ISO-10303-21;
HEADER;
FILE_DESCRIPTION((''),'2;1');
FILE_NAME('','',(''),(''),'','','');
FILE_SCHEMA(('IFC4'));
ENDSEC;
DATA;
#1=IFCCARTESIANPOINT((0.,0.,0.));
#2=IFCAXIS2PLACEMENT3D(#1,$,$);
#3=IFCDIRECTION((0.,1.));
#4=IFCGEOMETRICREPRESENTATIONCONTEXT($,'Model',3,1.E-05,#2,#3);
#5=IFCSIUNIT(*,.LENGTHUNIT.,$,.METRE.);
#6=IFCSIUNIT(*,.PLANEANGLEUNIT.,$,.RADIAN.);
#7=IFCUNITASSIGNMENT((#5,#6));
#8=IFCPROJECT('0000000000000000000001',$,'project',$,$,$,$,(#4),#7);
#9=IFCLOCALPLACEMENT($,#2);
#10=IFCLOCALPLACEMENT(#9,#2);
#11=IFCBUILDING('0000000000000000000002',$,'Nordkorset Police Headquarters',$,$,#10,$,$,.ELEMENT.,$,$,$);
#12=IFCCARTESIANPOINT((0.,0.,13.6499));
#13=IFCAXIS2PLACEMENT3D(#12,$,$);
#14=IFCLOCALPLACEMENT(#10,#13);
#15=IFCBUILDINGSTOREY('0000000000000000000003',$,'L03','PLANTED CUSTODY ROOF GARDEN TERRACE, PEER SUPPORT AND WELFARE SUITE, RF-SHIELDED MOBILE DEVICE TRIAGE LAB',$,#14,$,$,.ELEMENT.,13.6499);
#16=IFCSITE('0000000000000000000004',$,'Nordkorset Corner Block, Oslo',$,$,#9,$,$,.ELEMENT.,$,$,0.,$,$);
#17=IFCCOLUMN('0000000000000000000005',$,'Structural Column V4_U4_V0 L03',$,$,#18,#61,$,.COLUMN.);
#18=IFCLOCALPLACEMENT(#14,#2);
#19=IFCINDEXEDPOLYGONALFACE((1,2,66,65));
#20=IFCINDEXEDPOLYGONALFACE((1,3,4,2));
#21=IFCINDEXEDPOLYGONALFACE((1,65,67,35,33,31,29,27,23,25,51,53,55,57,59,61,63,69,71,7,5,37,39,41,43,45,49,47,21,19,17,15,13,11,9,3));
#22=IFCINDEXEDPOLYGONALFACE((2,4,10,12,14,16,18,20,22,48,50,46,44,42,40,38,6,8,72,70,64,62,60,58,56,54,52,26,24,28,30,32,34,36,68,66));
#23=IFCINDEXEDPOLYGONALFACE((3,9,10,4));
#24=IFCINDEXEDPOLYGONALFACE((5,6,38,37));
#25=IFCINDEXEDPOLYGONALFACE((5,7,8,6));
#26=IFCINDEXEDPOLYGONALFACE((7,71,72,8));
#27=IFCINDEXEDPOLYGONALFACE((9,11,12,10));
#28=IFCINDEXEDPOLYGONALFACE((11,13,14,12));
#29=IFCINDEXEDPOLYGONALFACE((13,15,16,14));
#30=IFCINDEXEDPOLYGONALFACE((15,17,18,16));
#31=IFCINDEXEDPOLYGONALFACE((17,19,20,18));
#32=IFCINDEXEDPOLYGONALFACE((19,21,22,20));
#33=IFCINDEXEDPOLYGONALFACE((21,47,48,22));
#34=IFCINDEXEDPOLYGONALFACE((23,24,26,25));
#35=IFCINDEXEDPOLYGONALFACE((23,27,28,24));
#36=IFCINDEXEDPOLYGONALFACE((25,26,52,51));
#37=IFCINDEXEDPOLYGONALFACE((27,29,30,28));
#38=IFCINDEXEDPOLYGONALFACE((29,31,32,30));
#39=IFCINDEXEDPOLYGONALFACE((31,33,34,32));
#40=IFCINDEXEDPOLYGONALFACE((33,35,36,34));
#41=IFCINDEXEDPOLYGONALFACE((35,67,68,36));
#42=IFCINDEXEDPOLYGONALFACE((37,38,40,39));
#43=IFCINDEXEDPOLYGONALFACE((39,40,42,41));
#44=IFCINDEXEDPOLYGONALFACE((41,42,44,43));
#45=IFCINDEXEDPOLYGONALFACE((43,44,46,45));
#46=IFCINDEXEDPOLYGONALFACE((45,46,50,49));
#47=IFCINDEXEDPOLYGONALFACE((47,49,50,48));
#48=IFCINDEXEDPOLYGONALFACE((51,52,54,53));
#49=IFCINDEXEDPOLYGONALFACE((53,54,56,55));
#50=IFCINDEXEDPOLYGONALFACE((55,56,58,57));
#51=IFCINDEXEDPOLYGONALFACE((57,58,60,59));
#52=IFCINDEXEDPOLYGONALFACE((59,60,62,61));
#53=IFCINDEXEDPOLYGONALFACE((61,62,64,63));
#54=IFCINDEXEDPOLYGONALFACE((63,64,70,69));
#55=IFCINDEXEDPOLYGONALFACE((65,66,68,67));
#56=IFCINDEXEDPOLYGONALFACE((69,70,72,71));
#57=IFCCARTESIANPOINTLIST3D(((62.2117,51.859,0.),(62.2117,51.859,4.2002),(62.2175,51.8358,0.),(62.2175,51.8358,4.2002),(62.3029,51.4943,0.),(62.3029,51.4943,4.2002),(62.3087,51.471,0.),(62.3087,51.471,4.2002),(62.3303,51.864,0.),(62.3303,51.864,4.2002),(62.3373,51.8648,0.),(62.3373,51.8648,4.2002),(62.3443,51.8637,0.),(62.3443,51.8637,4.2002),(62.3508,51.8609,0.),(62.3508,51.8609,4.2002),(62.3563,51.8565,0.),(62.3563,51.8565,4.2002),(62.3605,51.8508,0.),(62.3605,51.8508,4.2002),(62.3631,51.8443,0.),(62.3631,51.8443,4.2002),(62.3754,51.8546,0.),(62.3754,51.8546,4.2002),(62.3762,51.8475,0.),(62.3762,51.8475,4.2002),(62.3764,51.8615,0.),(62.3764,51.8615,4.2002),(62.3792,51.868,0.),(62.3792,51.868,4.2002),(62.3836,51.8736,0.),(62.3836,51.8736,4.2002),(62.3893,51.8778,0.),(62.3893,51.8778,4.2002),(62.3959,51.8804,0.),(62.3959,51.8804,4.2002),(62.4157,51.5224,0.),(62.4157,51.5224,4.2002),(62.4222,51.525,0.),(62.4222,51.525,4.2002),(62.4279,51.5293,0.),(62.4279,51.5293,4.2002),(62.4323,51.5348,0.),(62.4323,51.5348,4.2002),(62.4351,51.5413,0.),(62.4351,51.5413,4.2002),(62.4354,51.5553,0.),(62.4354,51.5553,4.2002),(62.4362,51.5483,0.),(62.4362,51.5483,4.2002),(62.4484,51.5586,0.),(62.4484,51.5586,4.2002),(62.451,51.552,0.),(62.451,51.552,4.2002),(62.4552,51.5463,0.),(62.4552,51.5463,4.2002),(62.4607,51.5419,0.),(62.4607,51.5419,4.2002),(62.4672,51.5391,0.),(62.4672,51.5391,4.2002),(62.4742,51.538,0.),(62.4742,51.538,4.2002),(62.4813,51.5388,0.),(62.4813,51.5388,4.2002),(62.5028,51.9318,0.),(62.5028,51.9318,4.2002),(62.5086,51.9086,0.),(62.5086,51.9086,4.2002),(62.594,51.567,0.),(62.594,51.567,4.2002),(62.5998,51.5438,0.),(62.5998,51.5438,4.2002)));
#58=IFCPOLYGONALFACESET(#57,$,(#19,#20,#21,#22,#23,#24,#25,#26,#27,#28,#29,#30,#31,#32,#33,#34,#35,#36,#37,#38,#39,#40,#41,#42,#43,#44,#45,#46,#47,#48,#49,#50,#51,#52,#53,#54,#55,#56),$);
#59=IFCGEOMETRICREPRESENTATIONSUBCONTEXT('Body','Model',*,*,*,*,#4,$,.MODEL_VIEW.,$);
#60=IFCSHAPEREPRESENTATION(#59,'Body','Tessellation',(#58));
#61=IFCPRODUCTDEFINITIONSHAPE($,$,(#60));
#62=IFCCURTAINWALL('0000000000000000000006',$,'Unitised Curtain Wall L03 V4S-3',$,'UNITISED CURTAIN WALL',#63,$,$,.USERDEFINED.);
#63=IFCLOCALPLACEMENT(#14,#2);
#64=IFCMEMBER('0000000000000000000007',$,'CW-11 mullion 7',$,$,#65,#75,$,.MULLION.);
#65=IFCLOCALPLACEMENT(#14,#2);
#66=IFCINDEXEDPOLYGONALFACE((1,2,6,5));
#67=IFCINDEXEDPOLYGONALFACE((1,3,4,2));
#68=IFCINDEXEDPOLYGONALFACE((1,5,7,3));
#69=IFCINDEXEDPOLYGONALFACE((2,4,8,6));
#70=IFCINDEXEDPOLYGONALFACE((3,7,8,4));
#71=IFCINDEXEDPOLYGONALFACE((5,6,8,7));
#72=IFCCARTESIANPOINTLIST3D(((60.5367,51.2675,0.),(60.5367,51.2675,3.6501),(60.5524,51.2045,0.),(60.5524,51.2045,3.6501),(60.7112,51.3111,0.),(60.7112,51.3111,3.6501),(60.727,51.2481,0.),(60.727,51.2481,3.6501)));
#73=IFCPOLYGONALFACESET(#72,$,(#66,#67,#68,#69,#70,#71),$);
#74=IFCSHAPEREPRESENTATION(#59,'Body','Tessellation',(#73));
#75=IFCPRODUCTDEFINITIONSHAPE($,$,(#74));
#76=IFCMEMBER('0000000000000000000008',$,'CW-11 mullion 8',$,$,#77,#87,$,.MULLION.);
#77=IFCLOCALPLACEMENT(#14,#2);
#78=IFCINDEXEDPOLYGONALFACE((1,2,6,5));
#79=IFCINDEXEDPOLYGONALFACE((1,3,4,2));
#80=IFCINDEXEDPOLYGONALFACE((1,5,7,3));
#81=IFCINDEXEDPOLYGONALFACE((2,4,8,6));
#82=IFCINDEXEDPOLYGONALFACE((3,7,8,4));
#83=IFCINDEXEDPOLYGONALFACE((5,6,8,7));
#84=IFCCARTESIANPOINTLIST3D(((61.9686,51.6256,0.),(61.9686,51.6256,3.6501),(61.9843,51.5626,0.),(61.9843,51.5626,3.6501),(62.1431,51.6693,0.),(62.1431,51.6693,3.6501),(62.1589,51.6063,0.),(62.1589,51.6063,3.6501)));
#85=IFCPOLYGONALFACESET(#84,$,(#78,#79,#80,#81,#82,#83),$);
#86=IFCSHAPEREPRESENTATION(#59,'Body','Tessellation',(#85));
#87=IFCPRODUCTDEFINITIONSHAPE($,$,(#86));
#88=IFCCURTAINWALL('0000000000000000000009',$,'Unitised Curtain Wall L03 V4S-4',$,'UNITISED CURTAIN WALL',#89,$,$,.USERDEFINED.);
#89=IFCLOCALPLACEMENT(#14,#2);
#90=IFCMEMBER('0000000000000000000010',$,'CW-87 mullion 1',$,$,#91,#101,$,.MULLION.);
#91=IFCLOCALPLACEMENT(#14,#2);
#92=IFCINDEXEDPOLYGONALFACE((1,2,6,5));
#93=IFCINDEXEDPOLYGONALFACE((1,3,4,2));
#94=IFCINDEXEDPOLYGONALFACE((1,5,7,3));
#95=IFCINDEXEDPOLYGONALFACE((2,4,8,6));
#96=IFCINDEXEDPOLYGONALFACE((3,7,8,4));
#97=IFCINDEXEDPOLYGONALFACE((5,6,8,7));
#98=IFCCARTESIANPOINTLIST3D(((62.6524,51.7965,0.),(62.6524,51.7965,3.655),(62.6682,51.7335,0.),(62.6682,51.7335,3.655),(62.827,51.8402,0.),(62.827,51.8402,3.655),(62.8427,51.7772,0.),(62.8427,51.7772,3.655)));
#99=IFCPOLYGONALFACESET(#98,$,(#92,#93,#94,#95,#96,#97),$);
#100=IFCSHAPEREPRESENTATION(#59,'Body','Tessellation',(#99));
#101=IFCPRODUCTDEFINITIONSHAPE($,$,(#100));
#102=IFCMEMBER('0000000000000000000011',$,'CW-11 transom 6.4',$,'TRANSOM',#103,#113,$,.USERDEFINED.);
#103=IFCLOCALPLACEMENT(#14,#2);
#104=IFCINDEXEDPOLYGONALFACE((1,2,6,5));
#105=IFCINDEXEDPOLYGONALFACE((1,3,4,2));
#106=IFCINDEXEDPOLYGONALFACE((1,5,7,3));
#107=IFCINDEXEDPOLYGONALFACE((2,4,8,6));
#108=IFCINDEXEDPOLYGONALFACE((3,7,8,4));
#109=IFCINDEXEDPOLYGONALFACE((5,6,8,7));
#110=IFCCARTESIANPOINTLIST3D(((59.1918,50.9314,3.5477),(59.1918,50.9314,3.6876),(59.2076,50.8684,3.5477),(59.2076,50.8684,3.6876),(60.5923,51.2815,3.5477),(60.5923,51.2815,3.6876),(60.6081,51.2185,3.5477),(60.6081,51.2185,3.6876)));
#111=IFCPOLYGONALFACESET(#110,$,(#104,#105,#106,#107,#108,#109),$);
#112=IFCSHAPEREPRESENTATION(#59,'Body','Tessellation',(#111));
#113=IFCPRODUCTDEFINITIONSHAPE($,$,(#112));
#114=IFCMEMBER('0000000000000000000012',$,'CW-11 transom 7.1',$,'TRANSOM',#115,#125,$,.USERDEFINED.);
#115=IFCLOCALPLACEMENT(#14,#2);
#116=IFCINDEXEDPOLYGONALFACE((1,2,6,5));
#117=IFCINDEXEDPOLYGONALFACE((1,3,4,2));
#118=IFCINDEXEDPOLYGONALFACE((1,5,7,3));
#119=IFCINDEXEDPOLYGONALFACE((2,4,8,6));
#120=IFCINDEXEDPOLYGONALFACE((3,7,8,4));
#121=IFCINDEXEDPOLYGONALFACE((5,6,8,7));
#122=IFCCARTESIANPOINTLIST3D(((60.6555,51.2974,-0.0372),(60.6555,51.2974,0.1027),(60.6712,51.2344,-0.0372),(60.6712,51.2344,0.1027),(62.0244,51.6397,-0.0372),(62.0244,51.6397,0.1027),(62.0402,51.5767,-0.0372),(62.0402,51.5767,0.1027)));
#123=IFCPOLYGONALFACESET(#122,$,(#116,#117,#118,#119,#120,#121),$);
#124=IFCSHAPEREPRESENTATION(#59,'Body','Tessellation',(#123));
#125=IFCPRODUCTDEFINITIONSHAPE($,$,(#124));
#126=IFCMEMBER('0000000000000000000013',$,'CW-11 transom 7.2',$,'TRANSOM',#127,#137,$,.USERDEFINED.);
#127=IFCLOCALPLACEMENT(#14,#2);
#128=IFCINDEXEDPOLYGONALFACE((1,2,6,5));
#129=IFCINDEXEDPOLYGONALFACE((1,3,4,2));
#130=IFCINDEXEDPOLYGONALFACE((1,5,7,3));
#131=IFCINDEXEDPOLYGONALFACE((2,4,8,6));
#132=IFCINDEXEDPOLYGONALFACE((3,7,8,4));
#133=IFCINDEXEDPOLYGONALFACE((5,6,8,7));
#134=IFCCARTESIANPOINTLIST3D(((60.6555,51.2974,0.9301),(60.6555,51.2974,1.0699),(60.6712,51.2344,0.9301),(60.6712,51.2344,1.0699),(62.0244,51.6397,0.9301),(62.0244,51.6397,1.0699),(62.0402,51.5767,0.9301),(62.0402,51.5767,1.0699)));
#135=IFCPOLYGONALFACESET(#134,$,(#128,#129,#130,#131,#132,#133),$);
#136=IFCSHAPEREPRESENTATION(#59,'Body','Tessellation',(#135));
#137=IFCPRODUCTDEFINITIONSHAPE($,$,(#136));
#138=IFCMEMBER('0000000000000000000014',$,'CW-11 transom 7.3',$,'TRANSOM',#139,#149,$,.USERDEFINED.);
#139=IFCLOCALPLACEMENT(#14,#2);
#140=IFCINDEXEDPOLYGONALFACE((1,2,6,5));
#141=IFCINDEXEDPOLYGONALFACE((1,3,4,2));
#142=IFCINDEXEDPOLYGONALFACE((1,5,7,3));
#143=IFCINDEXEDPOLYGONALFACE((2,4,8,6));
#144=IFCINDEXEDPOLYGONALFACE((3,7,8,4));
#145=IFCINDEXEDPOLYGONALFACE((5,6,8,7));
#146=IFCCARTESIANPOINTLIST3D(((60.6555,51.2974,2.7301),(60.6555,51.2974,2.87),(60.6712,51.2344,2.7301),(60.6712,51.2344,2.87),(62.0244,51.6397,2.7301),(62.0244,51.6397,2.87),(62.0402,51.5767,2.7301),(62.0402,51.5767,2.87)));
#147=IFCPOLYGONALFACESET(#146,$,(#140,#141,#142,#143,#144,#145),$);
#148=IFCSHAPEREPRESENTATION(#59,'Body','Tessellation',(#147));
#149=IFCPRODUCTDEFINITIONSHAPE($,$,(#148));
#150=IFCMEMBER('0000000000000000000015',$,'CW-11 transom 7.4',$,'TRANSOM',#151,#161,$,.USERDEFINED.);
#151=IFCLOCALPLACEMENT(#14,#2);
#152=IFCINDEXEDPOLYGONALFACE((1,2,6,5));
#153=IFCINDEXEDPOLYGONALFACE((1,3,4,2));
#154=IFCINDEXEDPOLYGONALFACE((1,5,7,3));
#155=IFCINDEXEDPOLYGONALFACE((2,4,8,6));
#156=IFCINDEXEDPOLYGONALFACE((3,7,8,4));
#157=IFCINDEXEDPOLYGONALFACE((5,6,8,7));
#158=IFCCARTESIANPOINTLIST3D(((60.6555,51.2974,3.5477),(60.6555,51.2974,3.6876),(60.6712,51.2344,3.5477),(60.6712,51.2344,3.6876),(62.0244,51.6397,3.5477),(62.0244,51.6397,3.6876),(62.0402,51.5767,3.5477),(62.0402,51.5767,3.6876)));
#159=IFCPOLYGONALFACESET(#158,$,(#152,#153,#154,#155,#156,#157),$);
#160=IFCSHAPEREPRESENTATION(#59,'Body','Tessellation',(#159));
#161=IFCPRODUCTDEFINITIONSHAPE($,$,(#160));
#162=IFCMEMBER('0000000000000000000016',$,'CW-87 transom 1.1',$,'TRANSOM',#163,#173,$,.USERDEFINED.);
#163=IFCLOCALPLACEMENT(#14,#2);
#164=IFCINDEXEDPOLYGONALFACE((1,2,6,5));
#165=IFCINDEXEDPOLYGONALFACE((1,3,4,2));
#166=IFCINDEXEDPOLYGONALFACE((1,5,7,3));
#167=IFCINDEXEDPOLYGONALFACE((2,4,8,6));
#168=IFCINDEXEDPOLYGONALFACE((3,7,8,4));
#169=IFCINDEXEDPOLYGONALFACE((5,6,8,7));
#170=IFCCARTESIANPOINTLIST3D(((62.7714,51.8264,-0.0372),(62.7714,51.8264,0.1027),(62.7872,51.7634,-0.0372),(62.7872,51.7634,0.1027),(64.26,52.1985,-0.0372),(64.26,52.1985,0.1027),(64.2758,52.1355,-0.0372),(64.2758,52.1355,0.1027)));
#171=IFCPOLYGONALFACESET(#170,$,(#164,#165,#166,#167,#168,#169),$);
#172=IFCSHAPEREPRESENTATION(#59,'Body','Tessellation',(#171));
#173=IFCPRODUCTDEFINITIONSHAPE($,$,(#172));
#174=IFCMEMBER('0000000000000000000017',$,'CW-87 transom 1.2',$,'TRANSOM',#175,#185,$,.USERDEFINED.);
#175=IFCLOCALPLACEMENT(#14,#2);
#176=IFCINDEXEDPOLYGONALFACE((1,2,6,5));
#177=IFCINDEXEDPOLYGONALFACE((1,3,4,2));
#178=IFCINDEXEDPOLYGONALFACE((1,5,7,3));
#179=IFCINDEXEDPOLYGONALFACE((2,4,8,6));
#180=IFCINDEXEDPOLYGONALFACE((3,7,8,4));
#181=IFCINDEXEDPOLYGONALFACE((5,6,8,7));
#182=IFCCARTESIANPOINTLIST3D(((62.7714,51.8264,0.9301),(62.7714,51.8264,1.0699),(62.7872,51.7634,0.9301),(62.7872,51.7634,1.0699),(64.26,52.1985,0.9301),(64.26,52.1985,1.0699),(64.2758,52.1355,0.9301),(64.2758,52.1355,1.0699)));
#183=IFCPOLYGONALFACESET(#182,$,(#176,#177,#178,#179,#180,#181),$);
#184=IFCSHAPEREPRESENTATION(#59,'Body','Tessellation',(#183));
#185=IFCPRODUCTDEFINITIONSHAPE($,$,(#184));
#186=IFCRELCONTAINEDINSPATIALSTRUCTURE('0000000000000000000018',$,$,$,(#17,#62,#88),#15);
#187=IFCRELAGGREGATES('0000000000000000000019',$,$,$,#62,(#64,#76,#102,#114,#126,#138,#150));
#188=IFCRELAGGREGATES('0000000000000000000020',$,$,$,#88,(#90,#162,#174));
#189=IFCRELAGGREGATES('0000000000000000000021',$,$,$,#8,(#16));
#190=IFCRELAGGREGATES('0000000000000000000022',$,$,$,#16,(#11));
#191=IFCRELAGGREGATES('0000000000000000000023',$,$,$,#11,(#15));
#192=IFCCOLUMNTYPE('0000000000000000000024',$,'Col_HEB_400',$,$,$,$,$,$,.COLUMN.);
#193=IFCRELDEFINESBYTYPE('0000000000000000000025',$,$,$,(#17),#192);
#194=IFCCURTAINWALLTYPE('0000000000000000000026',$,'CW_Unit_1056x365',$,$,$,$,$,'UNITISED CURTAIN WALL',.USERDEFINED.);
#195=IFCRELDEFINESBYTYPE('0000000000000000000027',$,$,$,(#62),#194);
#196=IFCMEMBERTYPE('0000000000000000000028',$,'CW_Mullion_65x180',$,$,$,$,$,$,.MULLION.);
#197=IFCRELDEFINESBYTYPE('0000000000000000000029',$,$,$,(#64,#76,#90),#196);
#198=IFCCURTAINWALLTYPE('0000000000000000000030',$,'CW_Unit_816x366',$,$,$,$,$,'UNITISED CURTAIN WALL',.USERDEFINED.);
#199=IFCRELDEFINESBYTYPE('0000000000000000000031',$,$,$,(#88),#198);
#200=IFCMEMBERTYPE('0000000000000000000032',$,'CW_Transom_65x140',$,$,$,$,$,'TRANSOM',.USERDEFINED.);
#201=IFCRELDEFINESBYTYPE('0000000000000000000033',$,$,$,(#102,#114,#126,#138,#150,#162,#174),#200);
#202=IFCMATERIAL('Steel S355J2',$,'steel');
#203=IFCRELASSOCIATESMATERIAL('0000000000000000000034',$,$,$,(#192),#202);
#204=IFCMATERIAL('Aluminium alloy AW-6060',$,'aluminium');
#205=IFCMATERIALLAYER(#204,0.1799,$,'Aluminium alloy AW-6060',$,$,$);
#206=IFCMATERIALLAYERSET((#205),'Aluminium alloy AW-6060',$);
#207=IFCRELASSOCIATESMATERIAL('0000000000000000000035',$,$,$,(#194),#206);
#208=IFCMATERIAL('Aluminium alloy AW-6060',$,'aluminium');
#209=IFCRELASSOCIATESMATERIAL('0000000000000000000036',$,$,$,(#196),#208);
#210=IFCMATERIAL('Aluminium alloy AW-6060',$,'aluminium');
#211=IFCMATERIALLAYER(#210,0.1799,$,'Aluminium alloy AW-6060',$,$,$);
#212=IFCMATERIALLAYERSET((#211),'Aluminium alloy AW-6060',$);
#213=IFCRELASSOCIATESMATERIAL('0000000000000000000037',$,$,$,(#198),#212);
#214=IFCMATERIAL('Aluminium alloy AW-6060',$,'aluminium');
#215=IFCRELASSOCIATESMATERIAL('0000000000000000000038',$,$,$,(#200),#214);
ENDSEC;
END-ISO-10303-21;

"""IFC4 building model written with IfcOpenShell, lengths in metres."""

from ifc_helpers import new_model, si_unit, direction, frame, origin, origin_2d, place, context, subcontext, project, spatial, rectangle, i_section, extrude, material, layer, layer_set, material_profile, profile_set, type_object, element, aggregate, save


model = new_model("IFC4")

# Units and contexts
model_context = context("Model", 3, precision=1e-05, world=origin(), true_north=direction((0.0, 1.0)))
body_context = subcontext(model_context, "Body", "Model", "MODEL_VIEW")
ifc_project = project(units=[si_unit("LENGTHUNIT", "METRE"), si_unit("PLANEANGLEUNIT", "RADIAN")], contexts=[model_context])

# Site, building, storey
site_placement = place(None, origin())
site = spatial("IfcSite", under=ifc_project, at=site_placement, Name="Nordkorset Corner Block, Oslo", CompositionType="ELEMENT", RefElevation=0.0)
building_placement = place(site_placement, origin())
building = spatial("IfcBuilding", under=site, at=building_placement, Name="Nordkorset Police Headquarters", CompositionType="ELEMENT")
storey_placement = place(building_placement, frame((0.0, 0.0, 13.6499)))
storey = spatial("IfcBuildingStorey", under=building, at=storey_placement, Name="L03", Description="PLANTED CUSTODY ROOF GARDEN TERRACE, PEER SUPPORT AND WELFARE SUITE, RF-SHIELDED MOBILE DEVICE TRIAGE LAB", CompositionType="ELEMENT", Elevation=13.6499)

# Column
ifc_material_1 = material(Name="Steel S355J2", Category="steel")
ifc_material_profile_1 = material_profile(ifc_material_1, i_section(OverallWidth=0.3, OverallDepth=0.3999, WebThickness=0.0134, FlangeThickness=0.0239, FilletRadius=0.0271, at=origin_2d()), Name="HEB 400")
ifc_profile_set_1 = profile_set([ifc_material_profile_1], Name="Steel S355J2")
column_type = type_object("IfcColumnType", Name="Col_HEB_400", PredefinedType="COLUMN", material=ifc_profile_set_1)
column_placement = place(storey_placement, frame((62.4058, 51.7014, 0.0), z_axis=(0.0, 0.0, 1.0), x_axis=(0.970143, 0.242536, 0.0)))
element("IfcColumn", 1, at=column_placement, inside=storey, type_object=column_type, Name="Structural Column V4_U4_V0 L03", PredefinedType="COLUMN", context=body_context, shape_type="SweptSolid", body=[
    extrude(i_section(OverallWidth=0.3, OverallDepth=0.3999, WebThickness=0.0134, FlangeThickness=0.0239, FilletRadius=0.0271, at=origin_2d()), origin(), (0.0, 0.0, 1.0), 4.2002),
])

# Curtain wall, members
ifc_material_2 = material(Name="Aluminium alloy AW-6060", Category="aluminium")
ifc_layer_1 = layer(ifc_material_2, 0.1799, Name="Aluminium alloy AW-6060")
ifc_layer_set_1 = layer_set([ifc_layer_1], Name="Aluminium alloy AW-6060")
curtain_wall_type_1 = type_object("IfcCurtainWallType", Name="CW_Unit_1056x365", ElementType="UNITISED CURTAIN WALL", PredefinedType="USERDEFINED", material=ifc_layer_set_1)
curtain_wall_1_placement = place(storey_placement, origin())
curtain_wall_1 = element("IfcCurtainWall", 2, at=curtain_wall_1_placement, inside=storey, type_object=curtain_wall_type_1, Name="Unitised Curtain Wall L03 V4S-3", ObjectType="UNITISED CURTAIN WALL", PredefinedType="USERDEFINED")
ifc_material_3 = material(Name="Aluminium alloy AW-6060", Category="aluminium")
ifc_material_profile_2 = material_profile(ifc_material_3, rectangle(XDim=0.0649, YDim=0.1799, at=origin_2d()), Name="ALU MULL 65x180")
ifc_profile_set_2 = profile_set([ifc_material_profile_2], Name="Aluminium alloy AW-6060")
member_type_1 = type_object("IfcMemberType", Name="CW_Mullion_65x180", PredefinedType="MULLION", material=ifc_profile_set_2)
member_1_placement = place(storey_placement, frame((60.6318, 51.2578, 0.0), z_axis=(0.0, 0.0, 1.0), x_axis=(-0.242535, 0.970143, 0.0)))
member_1 = element("IfcMember", 3, at=member_1_placement, type_object=member_type_1, Name="CW-11 mullion 7", PredefinedType="MULLION", context=body_context, shape_type="SweptSolid", body=[
    extrude(rectangle(XDim=0.0649, YDim=0.1799, at=origin_2d()), origin(), (0.0, 0.0, 1.0), 3.6501),
])
member_2_placement = place(storey_placement, frame((62.0637, 51.616, 0.0), z_axis=(0.0, 0.0, 1.0), x_axis=(-0.242535, 0.970143, 0.0)))
member_2 = element("IfcMember", 4, at=member_2_placement, type_object=member_type_1, Name="CW-11 mullion 8", PredefinedType="MULLION", context=body_context, shape_type="SweptSolid", body=[
    extrude(rectangle(XDim=0.0649, YDim=0.1799, at=origin_2d()), origin(), (0.0, 0.0, 1.0), 3.6501),
])

# Curtain wall, member
ifc_material_4 = material(Name="Aluminium alloy AW-6060", Category="aluminium")
ifc_layer_2 = layer(ifc_material_4, 0.1799, Name="Aluminium alloy AW-6060")
ifc_layer_set_2 = layer_set([ifc_layer_2], Name="Aluminium alloy AW-6060")
curtain_wall_type_2 = type_object("IfcCurtainWallType", Name="CW_Unit_816x366", ElementType="UNITISED CURTAIN WALL", PredefinedType="USERDEFINED", material=ifc_layer_set_2)
curtain_wall_2_placement = place(storey_placement, origin())
curtain_wall_2 = element("IfcCurtainWall", 5, at=curtain_wall_2_placement, inside=storey, type_object=curtain_wall_type_2, Name="Unitised Curtain Wall L03 V4S-4", ObjectType="UNITISED CURTAIN WALL", PredefinedType="USERDEFINED")
member_3_placement = place(storey_placement, frame((62.7476, 51.7869, 0.0), z_axis=(0.0, 0.0, 1.0), x_axis=(-0.242536, 0.970143, 0.0)))
member_3 = element("IfcMember", 6, at=member_3_placement, type_object=member_type_1, Name="CW-87 mullion 1", PredefinedType="MULLION", context=body_context, shape_type="SweptSolid", body=[
    extrude(rectangle(XDim=0.0649, YDim=0.1799, at=origin_2d()), origin(), (0.0, 0.0, 1.0), 3.655),
])

# Members
ifc_material_5 = material(Name="Aluminium alloy AW-6060", Category="aluminium")
ifc_material_profile_3 = material_profile(ifc_material_5, rectangle(XDim=0.0649, YDim=0.1399, at=origin_2d()), Name="ALU TRAN 65x140")
ifc_profile_set_3 = profile_set([ifc_material_profile_3], Name="Aluminium alloy AW-6060")
member_type_2 = type_object("IfcMemberType", Name="CW_Transom_65x140", ElementType="TRANSOM", PredefinedType="USERDEFINED", material=ifc_profile_set_3)
member_4_placement = place(storey_placement, frame((59.1997, 50.8999, 3.6177), z_axis=(0.970143, 0.242536, 0.0), x_axis=(-0.242536, 0.970143, 0.0)))
member_4 = element("IfcMember", 7, at=member_4_placement, type_object=member_type_2, Name="CW-11 transom 6.4", ObjectType="TRANSOM", PredefinedType="USERDEFINED", context=body_context, shape_type="SweptSolid", body=[
    extrude(rectangle(XDim=0.0649, YDim=0.1399, at=origin_2d()), origin(), (0.0, 0.0, 1.0), 1.4436),
])
member_5_placement = place(storey_placement, frame((60.6633, 51.2659, 0.0327), z_axis=(0.970132, 0.242576, 0.0), x_axis=(-0.242576, 0.970132, 0.0)))
member_5 = element("IfcMember", 8, at=member_5_placement, type_object=member_type_2, Name="CW-11 transom 7.1", ObjectType="TRANSOM", PredefinedType="USERDEFINED", context=body_context, shape_type="SweptSolid", body=[
    extrude(rectangle(XDim=0.0649, YDim=0.1399, at=origin_2d()), origin(), (0.0, 0.0, 1.0), 1.4111),
])
member_6_placement = place(storey_placement, frame((60.6633, 51.2659, 1.0), z_axis=(0.970132, 0.242576, 0.0), x_axis=(-0.242576, 0.970132, 0.0)))
member_6 = element("IfcMember", 9, at=member_6_placement, type_object=member_type_2, Name="CW-11 transom 7.2", ObjectType="TRANSOM", PredefinedType="USERDEFINED", context=body_context, shape_type="SweptSolid", body=[
    extrude(rectangle(XDim=0.0649, YDim=0.1399, at=origin_2d()), origin(), (0.0, 0.0, 1.0), 1.4111),
])
member_7_placement = place(storey_placement, frame((60.6633, 51.2659, 2.8), z_axis=(0.970132, 0.242576, 0.0), x_axis=(-0.242576, 0.970132, 0.0)))
member_7 = element("IfcMember", 10, at=member_7_placement, type_object=member_type_2, Name="CW-11 transom 7.3", ObjectType="TRANSOM", PredefinedType="USERDEFINED", context=body_context, shape_type="SweptSolid", body=[
    extrude(rectangle(XDim=0.0649, YDim=0.1399, at=origin_2d()), origin(), (0.0, 0.0, 1.0), 1.4111),
])
member_8_placement = place(storey_placement, frame((60.6633, 51.2659, 3.6177), z_axis=(0.970132, 0.242576, 0.0), x_axis=(-0.242576, 0.970132, 0.0)))
member_8 = element("IfcMember", 11, at=member_8_placement, type_object=member_type_2, Name="CW-11 transom 7.4", ObjectType="TRANSOM", PredefinedType="USERDEFINED", context=body_context, shape_type="SweptSolid", body=[
    extrude(rectangle(XDim=0.0649, YDim=0.1399, at=origin_2d()), origin(), (0.0, 0.0, 1.0), 1.4111),
])
member_9_placement = place(storey_placement, frame((62.7793, 51.7949, 0.0327), z_axis=(0.970152, 0.242498, 0.0), x_axis=(-0.242498, 0.970152, 0.0)))
member_9 = element("IfcMember", 12, at=member_9_placement, type_object=member_type_2, Name="CW-87 transom 1.1", ObjectType="TRANSOM", PredefinedType="USERDEFINED", context=body_context, shape_type="SweptSolid", body=[
    extrude(rectangle(XDim=0.0649, YDim=0.1399, at=origin_2d()), origin(), (0.0, 0.0, 1.0), 1.5344),
])
member_10_placement = place(storey_placement, frame((62.7793, 51.7949, 1.0), z_axis=(0.970152, 0.242498, 0.0), x_axis=(-0.242498, 0.970152, 0.0)))
member_10 = element("IfcMember", 13, at=member_10_placement, type_object=member_type_2, Name="CW-87 transom 1.2", ObjectType="TRANSOM", PredefinedType="USERDEFINED", context=body_context, shape_type="SweptSolid", body=[
    extrude(rectangle(XDim=0.0649, YDim=0.1399, at=origin_2d()), origin(), (0.0, 0.0, 1.0), 1.5344),
])

aggregate(curtain_wall_1, [member_1, member_2, member_4, member_5, member_6, member_7, member_8])
aggregate(curtain_wall_2, [member_3, member_9, member_10])

save(model, "model.ifc")
